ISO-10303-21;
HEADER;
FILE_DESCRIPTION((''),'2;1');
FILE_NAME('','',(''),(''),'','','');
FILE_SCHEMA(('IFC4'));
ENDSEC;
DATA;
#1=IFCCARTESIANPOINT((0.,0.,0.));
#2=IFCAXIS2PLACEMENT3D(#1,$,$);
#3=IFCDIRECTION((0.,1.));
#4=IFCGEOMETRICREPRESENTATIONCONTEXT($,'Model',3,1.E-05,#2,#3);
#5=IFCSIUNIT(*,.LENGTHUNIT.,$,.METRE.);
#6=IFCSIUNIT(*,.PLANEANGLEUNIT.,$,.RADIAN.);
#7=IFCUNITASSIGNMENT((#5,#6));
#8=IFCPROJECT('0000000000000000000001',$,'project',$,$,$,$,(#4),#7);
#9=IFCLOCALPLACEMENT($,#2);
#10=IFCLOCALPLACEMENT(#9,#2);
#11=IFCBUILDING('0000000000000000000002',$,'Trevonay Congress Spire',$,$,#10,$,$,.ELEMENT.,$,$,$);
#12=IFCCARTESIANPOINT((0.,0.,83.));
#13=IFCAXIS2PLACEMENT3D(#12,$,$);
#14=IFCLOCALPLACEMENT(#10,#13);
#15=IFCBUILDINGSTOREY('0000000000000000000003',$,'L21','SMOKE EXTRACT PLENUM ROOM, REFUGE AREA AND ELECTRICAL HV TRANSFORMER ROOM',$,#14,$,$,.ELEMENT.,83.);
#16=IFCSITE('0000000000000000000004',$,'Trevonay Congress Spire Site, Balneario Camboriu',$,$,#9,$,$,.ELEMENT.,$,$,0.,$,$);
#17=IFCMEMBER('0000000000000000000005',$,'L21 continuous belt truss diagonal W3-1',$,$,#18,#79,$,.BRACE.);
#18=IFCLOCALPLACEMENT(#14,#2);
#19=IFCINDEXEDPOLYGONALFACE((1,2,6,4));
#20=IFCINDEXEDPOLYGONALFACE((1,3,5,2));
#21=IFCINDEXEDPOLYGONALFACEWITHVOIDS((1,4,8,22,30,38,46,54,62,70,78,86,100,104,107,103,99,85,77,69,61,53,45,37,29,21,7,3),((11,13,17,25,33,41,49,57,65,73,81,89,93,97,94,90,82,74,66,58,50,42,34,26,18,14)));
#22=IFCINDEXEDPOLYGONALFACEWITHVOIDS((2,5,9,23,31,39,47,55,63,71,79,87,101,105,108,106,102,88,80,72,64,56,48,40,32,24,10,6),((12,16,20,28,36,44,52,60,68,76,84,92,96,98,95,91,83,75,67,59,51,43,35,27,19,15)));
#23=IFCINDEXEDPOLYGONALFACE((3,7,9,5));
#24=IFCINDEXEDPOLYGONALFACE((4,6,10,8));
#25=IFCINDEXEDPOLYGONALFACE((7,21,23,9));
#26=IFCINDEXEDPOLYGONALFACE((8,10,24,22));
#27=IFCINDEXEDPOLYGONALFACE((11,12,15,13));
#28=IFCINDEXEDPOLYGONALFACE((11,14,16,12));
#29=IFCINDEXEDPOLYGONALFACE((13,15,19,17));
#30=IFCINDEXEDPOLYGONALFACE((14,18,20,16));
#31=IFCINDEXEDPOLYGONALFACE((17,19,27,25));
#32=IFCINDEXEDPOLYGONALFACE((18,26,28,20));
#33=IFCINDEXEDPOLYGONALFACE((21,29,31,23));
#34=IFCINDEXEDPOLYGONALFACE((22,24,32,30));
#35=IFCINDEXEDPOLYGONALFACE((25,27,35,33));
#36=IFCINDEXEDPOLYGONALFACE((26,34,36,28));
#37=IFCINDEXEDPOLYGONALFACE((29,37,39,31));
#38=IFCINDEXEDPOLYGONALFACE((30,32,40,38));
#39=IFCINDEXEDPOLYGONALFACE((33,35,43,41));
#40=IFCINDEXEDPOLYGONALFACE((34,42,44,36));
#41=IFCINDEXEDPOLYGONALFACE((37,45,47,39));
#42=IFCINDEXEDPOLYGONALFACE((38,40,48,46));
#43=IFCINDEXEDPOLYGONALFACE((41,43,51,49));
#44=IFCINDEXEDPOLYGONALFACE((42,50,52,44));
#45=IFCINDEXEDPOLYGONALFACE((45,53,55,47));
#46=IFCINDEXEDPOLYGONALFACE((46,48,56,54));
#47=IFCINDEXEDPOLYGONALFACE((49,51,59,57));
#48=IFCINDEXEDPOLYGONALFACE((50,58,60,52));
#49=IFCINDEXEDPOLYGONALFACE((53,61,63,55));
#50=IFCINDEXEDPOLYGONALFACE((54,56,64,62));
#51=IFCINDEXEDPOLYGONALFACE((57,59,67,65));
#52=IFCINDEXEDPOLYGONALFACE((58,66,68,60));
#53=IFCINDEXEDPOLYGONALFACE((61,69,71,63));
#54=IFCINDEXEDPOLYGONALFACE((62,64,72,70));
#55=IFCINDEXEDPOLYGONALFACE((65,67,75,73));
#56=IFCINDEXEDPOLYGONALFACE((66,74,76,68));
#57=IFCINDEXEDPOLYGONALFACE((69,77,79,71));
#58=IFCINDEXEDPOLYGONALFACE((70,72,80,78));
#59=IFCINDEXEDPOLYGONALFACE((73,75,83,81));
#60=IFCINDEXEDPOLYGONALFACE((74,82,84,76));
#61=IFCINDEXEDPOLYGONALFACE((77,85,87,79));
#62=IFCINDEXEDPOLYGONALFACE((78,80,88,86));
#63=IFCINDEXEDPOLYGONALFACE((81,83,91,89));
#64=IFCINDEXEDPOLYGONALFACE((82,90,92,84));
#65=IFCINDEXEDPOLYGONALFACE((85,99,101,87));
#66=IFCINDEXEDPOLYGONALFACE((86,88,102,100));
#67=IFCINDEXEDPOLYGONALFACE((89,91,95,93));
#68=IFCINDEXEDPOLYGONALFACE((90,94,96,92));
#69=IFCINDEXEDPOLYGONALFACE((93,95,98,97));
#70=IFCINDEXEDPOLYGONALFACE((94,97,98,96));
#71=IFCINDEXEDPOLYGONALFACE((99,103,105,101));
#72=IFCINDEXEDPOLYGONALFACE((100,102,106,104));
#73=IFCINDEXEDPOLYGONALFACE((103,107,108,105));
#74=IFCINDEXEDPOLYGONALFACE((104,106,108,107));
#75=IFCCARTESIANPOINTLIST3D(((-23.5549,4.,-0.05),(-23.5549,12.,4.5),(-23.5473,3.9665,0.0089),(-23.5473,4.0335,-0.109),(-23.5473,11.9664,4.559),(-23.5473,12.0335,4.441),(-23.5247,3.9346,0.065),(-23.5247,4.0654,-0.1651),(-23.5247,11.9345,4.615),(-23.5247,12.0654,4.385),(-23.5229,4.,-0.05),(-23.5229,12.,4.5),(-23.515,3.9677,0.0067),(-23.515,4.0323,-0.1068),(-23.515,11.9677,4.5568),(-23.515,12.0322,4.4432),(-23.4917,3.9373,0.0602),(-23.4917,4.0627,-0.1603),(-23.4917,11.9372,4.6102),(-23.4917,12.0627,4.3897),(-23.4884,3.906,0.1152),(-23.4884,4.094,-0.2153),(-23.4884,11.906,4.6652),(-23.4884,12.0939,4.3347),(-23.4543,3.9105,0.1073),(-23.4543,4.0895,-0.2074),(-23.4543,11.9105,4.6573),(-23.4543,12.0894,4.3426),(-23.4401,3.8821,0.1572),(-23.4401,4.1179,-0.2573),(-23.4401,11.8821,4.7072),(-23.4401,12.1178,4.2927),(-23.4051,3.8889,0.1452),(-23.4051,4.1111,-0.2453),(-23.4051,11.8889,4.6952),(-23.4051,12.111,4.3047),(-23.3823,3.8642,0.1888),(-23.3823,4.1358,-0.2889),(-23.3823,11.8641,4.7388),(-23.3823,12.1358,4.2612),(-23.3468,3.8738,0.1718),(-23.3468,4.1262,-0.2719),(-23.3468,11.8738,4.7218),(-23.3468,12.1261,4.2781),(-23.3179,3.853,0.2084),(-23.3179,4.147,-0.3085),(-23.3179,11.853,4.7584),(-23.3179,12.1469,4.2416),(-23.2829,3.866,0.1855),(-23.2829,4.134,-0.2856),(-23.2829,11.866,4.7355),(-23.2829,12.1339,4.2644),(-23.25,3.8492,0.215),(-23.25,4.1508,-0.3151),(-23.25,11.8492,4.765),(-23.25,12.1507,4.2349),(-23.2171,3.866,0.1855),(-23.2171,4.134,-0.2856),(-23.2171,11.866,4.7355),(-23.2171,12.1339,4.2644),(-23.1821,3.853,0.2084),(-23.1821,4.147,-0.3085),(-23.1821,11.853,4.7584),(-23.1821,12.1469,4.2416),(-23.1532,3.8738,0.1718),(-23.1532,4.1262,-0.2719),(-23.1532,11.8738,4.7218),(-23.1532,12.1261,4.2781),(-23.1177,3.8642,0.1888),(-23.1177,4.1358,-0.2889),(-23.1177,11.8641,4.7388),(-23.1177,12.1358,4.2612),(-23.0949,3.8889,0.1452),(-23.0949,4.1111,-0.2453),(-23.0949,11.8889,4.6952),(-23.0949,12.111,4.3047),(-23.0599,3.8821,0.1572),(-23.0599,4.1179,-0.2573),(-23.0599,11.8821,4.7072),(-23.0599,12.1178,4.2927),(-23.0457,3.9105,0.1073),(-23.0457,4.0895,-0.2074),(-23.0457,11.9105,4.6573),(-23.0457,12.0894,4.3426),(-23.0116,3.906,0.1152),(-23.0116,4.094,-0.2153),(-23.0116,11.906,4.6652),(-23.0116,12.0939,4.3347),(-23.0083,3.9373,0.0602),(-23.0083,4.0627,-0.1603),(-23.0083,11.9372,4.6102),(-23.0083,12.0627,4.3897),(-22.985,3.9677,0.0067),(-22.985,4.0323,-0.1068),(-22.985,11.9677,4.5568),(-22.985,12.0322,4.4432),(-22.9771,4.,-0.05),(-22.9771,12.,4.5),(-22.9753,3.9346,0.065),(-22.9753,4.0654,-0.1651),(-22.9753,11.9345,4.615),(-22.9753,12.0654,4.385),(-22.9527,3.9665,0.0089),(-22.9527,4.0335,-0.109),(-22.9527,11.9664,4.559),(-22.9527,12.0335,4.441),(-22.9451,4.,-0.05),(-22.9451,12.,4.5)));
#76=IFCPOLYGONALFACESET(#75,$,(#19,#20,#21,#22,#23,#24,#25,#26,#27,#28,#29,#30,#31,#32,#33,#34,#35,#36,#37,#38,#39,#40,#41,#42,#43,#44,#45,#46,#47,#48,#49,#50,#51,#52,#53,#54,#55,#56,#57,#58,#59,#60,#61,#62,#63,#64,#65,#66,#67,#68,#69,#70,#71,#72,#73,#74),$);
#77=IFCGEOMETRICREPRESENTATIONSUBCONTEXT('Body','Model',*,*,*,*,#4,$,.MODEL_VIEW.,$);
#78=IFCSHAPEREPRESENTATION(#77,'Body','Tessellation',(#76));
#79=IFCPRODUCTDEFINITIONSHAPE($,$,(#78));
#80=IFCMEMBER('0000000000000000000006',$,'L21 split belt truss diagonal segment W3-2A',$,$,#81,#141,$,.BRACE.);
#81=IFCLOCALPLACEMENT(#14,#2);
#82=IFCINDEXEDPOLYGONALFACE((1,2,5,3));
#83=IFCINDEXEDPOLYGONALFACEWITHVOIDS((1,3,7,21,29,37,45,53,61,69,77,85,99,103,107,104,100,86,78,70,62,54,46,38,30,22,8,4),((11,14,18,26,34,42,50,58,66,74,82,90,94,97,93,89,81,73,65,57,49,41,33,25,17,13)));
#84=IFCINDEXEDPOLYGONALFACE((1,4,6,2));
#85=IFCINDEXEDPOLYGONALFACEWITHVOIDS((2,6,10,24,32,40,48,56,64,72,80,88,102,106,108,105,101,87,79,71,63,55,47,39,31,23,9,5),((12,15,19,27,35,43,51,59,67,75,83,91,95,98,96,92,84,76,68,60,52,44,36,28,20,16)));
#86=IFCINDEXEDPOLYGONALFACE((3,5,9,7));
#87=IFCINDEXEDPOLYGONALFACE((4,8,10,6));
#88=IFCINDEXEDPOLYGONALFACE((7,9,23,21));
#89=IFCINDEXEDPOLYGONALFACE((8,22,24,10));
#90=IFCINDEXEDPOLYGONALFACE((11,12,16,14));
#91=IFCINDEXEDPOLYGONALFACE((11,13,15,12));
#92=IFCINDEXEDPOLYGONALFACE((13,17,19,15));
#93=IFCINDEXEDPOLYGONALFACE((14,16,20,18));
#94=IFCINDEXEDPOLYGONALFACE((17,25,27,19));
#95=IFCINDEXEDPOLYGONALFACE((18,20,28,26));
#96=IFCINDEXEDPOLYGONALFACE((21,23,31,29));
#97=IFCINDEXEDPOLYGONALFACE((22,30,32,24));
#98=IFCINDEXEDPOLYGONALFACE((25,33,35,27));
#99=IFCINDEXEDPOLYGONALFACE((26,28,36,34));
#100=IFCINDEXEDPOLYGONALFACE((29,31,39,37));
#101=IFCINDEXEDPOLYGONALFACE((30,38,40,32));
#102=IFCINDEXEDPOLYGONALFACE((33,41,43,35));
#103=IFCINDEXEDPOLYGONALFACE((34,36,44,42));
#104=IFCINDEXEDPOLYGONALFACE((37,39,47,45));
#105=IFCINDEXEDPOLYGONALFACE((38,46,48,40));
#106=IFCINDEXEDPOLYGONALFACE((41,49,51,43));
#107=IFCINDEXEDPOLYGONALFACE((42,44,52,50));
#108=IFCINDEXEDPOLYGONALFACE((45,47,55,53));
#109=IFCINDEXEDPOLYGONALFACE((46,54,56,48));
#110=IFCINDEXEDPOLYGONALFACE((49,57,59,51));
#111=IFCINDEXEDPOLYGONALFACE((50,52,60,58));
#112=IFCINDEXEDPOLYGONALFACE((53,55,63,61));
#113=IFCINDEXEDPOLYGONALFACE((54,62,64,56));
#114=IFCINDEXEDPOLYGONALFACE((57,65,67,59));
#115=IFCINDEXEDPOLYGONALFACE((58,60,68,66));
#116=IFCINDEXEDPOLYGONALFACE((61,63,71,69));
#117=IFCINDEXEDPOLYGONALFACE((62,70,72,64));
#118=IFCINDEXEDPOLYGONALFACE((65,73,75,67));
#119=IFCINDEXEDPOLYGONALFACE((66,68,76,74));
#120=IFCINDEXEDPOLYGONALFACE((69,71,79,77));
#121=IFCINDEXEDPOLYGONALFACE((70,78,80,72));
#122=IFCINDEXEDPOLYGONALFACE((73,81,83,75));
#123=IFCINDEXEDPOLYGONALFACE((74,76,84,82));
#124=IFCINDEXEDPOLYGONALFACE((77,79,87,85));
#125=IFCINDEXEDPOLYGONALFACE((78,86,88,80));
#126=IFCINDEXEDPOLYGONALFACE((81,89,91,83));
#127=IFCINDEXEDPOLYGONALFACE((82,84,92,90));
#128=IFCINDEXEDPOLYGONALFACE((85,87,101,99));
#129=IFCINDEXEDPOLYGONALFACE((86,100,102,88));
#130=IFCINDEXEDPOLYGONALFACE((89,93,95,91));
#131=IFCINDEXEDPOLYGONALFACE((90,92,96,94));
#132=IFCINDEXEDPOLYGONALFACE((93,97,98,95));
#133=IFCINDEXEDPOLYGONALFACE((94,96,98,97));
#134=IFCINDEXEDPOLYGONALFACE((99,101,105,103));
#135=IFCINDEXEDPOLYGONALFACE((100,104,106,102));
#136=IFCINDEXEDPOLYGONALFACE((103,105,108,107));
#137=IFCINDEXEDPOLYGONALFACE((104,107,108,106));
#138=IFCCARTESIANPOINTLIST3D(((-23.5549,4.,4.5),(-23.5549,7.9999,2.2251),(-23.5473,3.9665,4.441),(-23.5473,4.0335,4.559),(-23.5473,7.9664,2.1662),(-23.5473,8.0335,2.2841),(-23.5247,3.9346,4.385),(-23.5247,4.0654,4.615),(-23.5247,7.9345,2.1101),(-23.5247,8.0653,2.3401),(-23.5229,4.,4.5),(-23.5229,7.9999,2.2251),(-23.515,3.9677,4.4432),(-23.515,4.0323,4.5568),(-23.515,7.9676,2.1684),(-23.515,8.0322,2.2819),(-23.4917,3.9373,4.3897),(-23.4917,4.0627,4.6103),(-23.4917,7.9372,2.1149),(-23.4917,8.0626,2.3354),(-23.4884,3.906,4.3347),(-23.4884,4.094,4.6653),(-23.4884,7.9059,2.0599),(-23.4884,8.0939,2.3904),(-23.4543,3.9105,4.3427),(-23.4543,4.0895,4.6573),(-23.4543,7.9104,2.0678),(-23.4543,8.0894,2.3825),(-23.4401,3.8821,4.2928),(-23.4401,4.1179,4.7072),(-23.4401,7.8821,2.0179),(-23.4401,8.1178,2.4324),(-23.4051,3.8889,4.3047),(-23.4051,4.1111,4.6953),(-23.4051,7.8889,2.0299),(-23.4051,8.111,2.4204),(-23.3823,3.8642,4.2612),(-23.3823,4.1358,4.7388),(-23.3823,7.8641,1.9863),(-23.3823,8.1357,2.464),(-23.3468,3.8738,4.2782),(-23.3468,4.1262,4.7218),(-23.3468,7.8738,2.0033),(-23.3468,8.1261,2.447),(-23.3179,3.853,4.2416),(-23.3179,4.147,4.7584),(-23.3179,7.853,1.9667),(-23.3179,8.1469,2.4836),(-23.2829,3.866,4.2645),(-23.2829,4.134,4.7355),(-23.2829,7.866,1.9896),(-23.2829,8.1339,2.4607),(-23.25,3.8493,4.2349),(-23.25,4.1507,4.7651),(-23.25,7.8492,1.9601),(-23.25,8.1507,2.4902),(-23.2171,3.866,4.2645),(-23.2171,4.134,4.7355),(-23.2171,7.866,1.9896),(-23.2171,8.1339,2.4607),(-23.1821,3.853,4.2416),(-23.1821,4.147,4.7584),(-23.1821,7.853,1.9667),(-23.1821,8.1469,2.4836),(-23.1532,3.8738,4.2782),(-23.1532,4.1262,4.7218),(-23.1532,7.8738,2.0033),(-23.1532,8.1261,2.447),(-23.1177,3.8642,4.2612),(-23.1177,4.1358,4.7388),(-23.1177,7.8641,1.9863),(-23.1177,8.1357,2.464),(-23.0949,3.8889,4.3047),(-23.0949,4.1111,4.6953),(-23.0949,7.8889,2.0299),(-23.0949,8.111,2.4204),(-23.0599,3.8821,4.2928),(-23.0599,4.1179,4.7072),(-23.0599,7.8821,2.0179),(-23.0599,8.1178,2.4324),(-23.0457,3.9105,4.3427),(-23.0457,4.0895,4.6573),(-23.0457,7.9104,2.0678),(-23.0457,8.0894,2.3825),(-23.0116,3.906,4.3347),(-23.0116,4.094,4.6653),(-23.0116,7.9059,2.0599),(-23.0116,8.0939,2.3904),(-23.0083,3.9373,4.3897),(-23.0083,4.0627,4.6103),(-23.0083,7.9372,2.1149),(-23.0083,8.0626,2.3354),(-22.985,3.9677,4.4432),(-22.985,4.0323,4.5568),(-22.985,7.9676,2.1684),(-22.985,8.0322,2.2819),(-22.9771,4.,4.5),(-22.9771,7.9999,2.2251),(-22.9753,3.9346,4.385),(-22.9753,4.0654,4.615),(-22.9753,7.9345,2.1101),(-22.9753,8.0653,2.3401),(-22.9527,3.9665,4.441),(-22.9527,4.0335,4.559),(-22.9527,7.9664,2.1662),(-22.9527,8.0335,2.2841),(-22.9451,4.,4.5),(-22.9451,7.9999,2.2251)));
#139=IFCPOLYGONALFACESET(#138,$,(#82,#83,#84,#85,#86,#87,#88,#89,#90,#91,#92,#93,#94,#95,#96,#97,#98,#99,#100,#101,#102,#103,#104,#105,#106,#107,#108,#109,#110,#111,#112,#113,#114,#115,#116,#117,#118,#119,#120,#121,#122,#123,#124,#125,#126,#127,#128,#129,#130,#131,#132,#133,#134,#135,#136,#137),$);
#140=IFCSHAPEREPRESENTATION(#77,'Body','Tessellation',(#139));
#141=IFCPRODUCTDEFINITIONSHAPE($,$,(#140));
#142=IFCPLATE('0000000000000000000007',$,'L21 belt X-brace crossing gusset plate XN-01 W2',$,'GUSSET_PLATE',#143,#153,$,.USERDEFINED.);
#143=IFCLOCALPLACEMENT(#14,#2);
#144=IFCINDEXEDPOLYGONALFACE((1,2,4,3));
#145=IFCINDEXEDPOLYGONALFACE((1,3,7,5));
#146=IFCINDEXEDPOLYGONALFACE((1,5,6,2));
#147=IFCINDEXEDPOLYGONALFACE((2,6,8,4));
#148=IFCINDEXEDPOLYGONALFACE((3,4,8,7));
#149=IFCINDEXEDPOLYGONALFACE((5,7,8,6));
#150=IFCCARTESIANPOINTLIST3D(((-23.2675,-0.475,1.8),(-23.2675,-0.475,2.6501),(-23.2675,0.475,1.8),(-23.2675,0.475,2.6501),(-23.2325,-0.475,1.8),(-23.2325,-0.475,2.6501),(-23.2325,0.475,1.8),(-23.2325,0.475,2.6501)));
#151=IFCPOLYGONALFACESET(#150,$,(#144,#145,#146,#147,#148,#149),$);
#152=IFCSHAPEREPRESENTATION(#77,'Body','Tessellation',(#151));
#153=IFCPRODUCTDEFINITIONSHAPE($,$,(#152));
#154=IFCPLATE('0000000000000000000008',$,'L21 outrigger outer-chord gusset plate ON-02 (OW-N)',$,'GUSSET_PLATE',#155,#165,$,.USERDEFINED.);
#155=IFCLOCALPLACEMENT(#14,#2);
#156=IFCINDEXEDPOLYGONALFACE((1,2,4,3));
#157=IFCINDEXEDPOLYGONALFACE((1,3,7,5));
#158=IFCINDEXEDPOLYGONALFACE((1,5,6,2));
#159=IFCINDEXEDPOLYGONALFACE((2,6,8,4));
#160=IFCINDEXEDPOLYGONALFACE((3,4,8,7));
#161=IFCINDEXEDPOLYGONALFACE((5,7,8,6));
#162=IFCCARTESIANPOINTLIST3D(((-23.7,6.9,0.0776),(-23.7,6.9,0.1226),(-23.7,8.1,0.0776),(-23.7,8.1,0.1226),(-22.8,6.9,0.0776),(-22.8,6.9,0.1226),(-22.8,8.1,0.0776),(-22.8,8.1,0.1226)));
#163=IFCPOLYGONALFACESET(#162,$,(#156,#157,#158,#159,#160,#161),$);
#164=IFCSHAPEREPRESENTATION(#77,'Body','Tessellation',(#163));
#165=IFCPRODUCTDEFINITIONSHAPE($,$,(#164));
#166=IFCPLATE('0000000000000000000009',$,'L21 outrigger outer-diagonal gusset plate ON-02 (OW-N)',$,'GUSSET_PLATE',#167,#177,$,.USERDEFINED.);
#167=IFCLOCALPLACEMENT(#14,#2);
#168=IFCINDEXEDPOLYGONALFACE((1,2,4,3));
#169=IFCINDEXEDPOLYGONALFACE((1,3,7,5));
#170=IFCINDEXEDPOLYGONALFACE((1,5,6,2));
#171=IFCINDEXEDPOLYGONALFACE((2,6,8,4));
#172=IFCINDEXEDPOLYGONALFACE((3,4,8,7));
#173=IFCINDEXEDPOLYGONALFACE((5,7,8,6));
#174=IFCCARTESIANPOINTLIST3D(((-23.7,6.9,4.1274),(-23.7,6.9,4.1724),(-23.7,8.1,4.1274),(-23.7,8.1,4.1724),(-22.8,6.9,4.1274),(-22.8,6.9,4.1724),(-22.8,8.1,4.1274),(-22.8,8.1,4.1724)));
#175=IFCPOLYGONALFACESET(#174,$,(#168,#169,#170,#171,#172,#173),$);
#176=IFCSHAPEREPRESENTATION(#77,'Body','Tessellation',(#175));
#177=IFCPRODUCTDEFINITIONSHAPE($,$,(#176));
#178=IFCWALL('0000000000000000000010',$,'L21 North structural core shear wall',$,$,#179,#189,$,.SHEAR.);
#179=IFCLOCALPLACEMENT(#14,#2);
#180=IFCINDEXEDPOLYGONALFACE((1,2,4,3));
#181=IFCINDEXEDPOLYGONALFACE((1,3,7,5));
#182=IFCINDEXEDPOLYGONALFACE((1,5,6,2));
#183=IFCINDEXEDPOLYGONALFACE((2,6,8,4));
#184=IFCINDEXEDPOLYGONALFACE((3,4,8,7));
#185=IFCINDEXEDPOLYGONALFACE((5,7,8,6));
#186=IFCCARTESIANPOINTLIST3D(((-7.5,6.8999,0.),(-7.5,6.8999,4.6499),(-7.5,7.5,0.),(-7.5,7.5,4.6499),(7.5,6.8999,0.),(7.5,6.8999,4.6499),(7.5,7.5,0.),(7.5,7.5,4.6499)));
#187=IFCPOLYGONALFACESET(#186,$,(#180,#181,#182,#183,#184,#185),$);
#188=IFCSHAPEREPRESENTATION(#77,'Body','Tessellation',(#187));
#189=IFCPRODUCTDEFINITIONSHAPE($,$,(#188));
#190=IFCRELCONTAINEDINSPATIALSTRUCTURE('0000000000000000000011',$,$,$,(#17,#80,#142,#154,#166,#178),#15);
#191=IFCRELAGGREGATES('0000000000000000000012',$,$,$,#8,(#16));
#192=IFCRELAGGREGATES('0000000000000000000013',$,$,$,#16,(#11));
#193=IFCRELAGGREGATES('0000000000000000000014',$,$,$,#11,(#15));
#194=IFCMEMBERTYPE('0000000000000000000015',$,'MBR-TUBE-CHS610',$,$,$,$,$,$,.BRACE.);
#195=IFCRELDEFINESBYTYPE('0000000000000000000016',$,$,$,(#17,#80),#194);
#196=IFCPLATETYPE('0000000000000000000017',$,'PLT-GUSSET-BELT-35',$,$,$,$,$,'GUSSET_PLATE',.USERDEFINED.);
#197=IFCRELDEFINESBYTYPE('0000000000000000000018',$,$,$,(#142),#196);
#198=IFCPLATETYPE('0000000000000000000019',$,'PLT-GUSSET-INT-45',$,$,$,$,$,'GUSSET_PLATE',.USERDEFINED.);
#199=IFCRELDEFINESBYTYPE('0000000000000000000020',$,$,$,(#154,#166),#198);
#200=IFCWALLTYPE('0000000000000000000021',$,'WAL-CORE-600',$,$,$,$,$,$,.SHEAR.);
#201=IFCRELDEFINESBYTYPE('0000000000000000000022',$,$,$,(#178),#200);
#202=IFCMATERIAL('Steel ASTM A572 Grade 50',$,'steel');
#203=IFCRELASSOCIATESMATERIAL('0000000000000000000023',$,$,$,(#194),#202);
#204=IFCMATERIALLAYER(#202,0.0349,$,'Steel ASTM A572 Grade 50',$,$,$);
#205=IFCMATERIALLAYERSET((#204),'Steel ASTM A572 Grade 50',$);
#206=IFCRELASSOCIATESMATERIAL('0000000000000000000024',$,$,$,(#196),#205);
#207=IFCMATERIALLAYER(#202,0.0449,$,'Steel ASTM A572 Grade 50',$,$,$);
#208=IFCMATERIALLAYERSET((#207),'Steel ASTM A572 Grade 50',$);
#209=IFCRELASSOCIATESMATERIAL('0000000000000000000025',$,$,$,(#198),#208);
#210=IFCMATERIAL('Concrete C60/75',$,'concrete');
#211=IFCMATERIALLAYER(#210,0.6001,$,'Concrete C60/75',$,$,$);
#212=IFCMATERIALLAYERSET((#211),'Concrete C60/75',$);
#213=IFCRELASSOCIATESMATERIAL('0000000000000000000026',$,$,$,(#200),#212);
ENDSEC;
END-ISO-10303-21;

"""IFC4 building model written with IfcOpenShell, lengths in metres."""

from ifc_helpers import new_model, si_unit, direction, frame, frame_2d, origin, origin_2d, place, context, subcontext, project, spatial, rectangle, hollow_circle, extrude, material, layer, layer_set, material_profile, profile_set, type_object, element, save


model = new_model("IFC4")

# Units and contexts
model_context = context("Model", 3, precision=1e-05, world=origin(), true_north=direction((0.0, 1.0)))
body_context = subcontext(model_context, "Body", "Model", "MODEL_VIEW")
ifc_project = project(units=[si_unit("LENGTHUNIT", "METRE"), si_unit("PLANEANGLEUNIT", "RADIAN")], contexts=[model_context])

# Site, building, storey
site_placement = place(None, origin())
site = spatial("IfcSite", under=ifc_project, at=site_placement, Name="Trevonay Congress Spire Site, Balneario Camboriu", CompositionType="ELEMENT", RefElevation=0.0)
building_placement = place(site_placement, origin())
building = spatial("IfcBuilding", under=site, at=building_placement, Name="Trevonay Congress Spire", CompositionType="ELEMENT")
storey_placement = place(building_placement, frame((0.0, 0.0, 83.0)))
storey = spatial("IfcBuildingStorey", under=building, at=storey_placement, Name="L21", Description="SMOKE EXTRACT PLENUM ROOM, REFUGE AREA AND ELECTRICAL HV TRANSFORMER ROOM", CompositionType="ELEMENT", Elevation=83.0)

# Shared definitions
ifc_material_1 = material(Name="Steel ASTM A572 Grade 50", Category="steel")

# Members
ifc_material_profile_1 = material_profile(ifc_material_1, hollow_circle(Radius=0.3049, WallThickness=0.032, at=origin_2d()), Name="CHS 610x32")
ifc_profile_set_1 = profile_set([ifc_material_profile_1], Name="Steel ASTM A572 Grade 50")
member_type_1 = type_object("IfcMemberType", Name="MBR-TUBE-CHS610", PredefinedType="BRACE", material=ifc_profile_set_1)
member_1_placement = place(storey_placement, frame((-23.25, 4.0, -0.05), z_axis=(0.0, 0.869242, 0.494387), x_axis=(-1.0, 0.0, 0.0)))
element("IfcMember", 1, at=member_1_placement, inside=storey, type_object=member_type_1, Name="L21 continuous belt truss diagonal W3-1", PredefinedType="BRACE", context=body_context, shape_type="SweptSolid", body=[
    extrude(hollow_circle(Radius=0.3049, WallThickness=0.032, at=origin_2d()), origin(), (0.0, 0.0, 1.0), 9.2034),
])
member_2_placement = place(storey_placement, frame((-23.25, 4.0, 4.5), z_axis=(0.0, 0.869253, -0.494367), x_axis=(-1.0, 0.0, 0.0)))
element("IfcMember", 2, at=member_2_placement, inside=storey, type_object=member_type_1, Name="L21 split belt truss diagonal segment W3-2A", PredefinedType="BRACE", context=body_context, shape_type="SweptSolid", body=[
    extrude(hollow_circle(Radius=0.3049, WallThickness=0.032, at=origin_2d()), origin(), (0.0, 0.0, 1.0), 4.6016),
])

# Plates
ifc_layer_1 = layer(ifc_material_1, 0.0349, Name="Steel ASTM A572 Grade 50")
ifc_layer_set_1 = layer_set([ifc_layer_1], Name="Steel ASTM A572 Grade 50")
plate_type_1 = type_object("IfcPlateType", Name="PLT-GUSSET-BELT-35", ElementType="GUSSET_PLATE", PredefinedType="USERDEFINED", material=ifc_layer_set_1)
plate_placement = place(storey_placement, frame((-23.25, 0.0, 1.8), z_axis=(0.0, 0.0, 1.0), x_axis=(1.0, 0.0, 0.0)))
element("IfcPlate", 3, at=plate_placement, inside=storey, type_object=plate_type_1, Name="L21 belt X-brace crossing gusset plate XN-01 W2", ObjectType="GUSSET_PLATE", PredefinedType="USERDEFINED", context=body_context, shape_type="SweptSolid", body=[
    extrude(rectangle(XDim=0.0349, YDim=0.95, at=origin_2d()), origin(), (0.0, 0.0, 1.0), 0.8501),
])
ifc_layer_2 = layer(ifc_material_1, 0.0449, Name="Steel ASTM A572 Grade 50")
ifc_layer_set_2 = layer_set([ifc_layer_2], Name="Steel ASTM A572 Grade 50")
plate_type_2 = type_object("IfcPlateType", Name="PLT-GUSSET-INT-45", ElementType="GUSSET_PLATE", PredefinedType="USERDEFINED", material=ifc_layer_set_2)
for number, where, z_axis, x_axis, name in (
    (4, (-23.25, 7.5, 0.0776), (0.0, 0.0, 1.0), (0.0, 1.0, 0.0), "L21 outrigger outer-chord gusset plate ON-02 (OW-N)"),
    (5, (-23.25, 7.5, 4.1274), (0.0, 0.0, 1.0), (0.0, 1.0, 0.0), "L21 outrigger outer-diagonal gusset plate ON-02 (OW-N)"),
):
    element("IfcPlate", number, at=place(storey_placement, frame(where, z_axis=z_axis, x_axis=x_axis)), inside=storey, type_object=plate_type_2, Name=name, ObjectType="GUSSET_PLATE", PredefinedType="USERDEFINED", context=body_context, shape_type="SweptSolid", body=[
        extrude(rectangle(XDim=1.2, YDim=0.8999, at=origin_2d()), origin(), (0.0, 0.0, 1.0), 0.0449),
    ])

# Wall
ifc_material_2 = material(Name="Concrete C60/75", Category="concrete")
ifc_layer_3 = layer(ifc_material_2, 0.6001, Name="Concrete C60/75")
ifc_layer_set_3 = layer_set([ifc_layer_3], Name="Concrete C60/75")
wall_type_1 = type_object("IfcWallType", Name="WAL-CORE-600", PredefinedType="SHEAR", material=ifc_layer_set_3)
wall_placement = place(storey_placement, frame((-7.5, 7.2, 0.0), z_axis=(0.0, 0.0, 1.0), x_axis=(1.0, 0.0, 0.0)))
element("IfcWall", 6, at=wall_placement, inside=storey, type_object=wall_type_1, Name="L21 North structural core shear wall", PredefinedType="SHEAR", context=body_context, shape_type="SweptSolid", body=[
    extrude(rectangle(XDim=15.0, YDim=0.6001, at=frame_2d((7.5, 0.0))), origin(), (0.0, 0.0, 1.0), 4.6499),
])

save(model, "model.ifc")
